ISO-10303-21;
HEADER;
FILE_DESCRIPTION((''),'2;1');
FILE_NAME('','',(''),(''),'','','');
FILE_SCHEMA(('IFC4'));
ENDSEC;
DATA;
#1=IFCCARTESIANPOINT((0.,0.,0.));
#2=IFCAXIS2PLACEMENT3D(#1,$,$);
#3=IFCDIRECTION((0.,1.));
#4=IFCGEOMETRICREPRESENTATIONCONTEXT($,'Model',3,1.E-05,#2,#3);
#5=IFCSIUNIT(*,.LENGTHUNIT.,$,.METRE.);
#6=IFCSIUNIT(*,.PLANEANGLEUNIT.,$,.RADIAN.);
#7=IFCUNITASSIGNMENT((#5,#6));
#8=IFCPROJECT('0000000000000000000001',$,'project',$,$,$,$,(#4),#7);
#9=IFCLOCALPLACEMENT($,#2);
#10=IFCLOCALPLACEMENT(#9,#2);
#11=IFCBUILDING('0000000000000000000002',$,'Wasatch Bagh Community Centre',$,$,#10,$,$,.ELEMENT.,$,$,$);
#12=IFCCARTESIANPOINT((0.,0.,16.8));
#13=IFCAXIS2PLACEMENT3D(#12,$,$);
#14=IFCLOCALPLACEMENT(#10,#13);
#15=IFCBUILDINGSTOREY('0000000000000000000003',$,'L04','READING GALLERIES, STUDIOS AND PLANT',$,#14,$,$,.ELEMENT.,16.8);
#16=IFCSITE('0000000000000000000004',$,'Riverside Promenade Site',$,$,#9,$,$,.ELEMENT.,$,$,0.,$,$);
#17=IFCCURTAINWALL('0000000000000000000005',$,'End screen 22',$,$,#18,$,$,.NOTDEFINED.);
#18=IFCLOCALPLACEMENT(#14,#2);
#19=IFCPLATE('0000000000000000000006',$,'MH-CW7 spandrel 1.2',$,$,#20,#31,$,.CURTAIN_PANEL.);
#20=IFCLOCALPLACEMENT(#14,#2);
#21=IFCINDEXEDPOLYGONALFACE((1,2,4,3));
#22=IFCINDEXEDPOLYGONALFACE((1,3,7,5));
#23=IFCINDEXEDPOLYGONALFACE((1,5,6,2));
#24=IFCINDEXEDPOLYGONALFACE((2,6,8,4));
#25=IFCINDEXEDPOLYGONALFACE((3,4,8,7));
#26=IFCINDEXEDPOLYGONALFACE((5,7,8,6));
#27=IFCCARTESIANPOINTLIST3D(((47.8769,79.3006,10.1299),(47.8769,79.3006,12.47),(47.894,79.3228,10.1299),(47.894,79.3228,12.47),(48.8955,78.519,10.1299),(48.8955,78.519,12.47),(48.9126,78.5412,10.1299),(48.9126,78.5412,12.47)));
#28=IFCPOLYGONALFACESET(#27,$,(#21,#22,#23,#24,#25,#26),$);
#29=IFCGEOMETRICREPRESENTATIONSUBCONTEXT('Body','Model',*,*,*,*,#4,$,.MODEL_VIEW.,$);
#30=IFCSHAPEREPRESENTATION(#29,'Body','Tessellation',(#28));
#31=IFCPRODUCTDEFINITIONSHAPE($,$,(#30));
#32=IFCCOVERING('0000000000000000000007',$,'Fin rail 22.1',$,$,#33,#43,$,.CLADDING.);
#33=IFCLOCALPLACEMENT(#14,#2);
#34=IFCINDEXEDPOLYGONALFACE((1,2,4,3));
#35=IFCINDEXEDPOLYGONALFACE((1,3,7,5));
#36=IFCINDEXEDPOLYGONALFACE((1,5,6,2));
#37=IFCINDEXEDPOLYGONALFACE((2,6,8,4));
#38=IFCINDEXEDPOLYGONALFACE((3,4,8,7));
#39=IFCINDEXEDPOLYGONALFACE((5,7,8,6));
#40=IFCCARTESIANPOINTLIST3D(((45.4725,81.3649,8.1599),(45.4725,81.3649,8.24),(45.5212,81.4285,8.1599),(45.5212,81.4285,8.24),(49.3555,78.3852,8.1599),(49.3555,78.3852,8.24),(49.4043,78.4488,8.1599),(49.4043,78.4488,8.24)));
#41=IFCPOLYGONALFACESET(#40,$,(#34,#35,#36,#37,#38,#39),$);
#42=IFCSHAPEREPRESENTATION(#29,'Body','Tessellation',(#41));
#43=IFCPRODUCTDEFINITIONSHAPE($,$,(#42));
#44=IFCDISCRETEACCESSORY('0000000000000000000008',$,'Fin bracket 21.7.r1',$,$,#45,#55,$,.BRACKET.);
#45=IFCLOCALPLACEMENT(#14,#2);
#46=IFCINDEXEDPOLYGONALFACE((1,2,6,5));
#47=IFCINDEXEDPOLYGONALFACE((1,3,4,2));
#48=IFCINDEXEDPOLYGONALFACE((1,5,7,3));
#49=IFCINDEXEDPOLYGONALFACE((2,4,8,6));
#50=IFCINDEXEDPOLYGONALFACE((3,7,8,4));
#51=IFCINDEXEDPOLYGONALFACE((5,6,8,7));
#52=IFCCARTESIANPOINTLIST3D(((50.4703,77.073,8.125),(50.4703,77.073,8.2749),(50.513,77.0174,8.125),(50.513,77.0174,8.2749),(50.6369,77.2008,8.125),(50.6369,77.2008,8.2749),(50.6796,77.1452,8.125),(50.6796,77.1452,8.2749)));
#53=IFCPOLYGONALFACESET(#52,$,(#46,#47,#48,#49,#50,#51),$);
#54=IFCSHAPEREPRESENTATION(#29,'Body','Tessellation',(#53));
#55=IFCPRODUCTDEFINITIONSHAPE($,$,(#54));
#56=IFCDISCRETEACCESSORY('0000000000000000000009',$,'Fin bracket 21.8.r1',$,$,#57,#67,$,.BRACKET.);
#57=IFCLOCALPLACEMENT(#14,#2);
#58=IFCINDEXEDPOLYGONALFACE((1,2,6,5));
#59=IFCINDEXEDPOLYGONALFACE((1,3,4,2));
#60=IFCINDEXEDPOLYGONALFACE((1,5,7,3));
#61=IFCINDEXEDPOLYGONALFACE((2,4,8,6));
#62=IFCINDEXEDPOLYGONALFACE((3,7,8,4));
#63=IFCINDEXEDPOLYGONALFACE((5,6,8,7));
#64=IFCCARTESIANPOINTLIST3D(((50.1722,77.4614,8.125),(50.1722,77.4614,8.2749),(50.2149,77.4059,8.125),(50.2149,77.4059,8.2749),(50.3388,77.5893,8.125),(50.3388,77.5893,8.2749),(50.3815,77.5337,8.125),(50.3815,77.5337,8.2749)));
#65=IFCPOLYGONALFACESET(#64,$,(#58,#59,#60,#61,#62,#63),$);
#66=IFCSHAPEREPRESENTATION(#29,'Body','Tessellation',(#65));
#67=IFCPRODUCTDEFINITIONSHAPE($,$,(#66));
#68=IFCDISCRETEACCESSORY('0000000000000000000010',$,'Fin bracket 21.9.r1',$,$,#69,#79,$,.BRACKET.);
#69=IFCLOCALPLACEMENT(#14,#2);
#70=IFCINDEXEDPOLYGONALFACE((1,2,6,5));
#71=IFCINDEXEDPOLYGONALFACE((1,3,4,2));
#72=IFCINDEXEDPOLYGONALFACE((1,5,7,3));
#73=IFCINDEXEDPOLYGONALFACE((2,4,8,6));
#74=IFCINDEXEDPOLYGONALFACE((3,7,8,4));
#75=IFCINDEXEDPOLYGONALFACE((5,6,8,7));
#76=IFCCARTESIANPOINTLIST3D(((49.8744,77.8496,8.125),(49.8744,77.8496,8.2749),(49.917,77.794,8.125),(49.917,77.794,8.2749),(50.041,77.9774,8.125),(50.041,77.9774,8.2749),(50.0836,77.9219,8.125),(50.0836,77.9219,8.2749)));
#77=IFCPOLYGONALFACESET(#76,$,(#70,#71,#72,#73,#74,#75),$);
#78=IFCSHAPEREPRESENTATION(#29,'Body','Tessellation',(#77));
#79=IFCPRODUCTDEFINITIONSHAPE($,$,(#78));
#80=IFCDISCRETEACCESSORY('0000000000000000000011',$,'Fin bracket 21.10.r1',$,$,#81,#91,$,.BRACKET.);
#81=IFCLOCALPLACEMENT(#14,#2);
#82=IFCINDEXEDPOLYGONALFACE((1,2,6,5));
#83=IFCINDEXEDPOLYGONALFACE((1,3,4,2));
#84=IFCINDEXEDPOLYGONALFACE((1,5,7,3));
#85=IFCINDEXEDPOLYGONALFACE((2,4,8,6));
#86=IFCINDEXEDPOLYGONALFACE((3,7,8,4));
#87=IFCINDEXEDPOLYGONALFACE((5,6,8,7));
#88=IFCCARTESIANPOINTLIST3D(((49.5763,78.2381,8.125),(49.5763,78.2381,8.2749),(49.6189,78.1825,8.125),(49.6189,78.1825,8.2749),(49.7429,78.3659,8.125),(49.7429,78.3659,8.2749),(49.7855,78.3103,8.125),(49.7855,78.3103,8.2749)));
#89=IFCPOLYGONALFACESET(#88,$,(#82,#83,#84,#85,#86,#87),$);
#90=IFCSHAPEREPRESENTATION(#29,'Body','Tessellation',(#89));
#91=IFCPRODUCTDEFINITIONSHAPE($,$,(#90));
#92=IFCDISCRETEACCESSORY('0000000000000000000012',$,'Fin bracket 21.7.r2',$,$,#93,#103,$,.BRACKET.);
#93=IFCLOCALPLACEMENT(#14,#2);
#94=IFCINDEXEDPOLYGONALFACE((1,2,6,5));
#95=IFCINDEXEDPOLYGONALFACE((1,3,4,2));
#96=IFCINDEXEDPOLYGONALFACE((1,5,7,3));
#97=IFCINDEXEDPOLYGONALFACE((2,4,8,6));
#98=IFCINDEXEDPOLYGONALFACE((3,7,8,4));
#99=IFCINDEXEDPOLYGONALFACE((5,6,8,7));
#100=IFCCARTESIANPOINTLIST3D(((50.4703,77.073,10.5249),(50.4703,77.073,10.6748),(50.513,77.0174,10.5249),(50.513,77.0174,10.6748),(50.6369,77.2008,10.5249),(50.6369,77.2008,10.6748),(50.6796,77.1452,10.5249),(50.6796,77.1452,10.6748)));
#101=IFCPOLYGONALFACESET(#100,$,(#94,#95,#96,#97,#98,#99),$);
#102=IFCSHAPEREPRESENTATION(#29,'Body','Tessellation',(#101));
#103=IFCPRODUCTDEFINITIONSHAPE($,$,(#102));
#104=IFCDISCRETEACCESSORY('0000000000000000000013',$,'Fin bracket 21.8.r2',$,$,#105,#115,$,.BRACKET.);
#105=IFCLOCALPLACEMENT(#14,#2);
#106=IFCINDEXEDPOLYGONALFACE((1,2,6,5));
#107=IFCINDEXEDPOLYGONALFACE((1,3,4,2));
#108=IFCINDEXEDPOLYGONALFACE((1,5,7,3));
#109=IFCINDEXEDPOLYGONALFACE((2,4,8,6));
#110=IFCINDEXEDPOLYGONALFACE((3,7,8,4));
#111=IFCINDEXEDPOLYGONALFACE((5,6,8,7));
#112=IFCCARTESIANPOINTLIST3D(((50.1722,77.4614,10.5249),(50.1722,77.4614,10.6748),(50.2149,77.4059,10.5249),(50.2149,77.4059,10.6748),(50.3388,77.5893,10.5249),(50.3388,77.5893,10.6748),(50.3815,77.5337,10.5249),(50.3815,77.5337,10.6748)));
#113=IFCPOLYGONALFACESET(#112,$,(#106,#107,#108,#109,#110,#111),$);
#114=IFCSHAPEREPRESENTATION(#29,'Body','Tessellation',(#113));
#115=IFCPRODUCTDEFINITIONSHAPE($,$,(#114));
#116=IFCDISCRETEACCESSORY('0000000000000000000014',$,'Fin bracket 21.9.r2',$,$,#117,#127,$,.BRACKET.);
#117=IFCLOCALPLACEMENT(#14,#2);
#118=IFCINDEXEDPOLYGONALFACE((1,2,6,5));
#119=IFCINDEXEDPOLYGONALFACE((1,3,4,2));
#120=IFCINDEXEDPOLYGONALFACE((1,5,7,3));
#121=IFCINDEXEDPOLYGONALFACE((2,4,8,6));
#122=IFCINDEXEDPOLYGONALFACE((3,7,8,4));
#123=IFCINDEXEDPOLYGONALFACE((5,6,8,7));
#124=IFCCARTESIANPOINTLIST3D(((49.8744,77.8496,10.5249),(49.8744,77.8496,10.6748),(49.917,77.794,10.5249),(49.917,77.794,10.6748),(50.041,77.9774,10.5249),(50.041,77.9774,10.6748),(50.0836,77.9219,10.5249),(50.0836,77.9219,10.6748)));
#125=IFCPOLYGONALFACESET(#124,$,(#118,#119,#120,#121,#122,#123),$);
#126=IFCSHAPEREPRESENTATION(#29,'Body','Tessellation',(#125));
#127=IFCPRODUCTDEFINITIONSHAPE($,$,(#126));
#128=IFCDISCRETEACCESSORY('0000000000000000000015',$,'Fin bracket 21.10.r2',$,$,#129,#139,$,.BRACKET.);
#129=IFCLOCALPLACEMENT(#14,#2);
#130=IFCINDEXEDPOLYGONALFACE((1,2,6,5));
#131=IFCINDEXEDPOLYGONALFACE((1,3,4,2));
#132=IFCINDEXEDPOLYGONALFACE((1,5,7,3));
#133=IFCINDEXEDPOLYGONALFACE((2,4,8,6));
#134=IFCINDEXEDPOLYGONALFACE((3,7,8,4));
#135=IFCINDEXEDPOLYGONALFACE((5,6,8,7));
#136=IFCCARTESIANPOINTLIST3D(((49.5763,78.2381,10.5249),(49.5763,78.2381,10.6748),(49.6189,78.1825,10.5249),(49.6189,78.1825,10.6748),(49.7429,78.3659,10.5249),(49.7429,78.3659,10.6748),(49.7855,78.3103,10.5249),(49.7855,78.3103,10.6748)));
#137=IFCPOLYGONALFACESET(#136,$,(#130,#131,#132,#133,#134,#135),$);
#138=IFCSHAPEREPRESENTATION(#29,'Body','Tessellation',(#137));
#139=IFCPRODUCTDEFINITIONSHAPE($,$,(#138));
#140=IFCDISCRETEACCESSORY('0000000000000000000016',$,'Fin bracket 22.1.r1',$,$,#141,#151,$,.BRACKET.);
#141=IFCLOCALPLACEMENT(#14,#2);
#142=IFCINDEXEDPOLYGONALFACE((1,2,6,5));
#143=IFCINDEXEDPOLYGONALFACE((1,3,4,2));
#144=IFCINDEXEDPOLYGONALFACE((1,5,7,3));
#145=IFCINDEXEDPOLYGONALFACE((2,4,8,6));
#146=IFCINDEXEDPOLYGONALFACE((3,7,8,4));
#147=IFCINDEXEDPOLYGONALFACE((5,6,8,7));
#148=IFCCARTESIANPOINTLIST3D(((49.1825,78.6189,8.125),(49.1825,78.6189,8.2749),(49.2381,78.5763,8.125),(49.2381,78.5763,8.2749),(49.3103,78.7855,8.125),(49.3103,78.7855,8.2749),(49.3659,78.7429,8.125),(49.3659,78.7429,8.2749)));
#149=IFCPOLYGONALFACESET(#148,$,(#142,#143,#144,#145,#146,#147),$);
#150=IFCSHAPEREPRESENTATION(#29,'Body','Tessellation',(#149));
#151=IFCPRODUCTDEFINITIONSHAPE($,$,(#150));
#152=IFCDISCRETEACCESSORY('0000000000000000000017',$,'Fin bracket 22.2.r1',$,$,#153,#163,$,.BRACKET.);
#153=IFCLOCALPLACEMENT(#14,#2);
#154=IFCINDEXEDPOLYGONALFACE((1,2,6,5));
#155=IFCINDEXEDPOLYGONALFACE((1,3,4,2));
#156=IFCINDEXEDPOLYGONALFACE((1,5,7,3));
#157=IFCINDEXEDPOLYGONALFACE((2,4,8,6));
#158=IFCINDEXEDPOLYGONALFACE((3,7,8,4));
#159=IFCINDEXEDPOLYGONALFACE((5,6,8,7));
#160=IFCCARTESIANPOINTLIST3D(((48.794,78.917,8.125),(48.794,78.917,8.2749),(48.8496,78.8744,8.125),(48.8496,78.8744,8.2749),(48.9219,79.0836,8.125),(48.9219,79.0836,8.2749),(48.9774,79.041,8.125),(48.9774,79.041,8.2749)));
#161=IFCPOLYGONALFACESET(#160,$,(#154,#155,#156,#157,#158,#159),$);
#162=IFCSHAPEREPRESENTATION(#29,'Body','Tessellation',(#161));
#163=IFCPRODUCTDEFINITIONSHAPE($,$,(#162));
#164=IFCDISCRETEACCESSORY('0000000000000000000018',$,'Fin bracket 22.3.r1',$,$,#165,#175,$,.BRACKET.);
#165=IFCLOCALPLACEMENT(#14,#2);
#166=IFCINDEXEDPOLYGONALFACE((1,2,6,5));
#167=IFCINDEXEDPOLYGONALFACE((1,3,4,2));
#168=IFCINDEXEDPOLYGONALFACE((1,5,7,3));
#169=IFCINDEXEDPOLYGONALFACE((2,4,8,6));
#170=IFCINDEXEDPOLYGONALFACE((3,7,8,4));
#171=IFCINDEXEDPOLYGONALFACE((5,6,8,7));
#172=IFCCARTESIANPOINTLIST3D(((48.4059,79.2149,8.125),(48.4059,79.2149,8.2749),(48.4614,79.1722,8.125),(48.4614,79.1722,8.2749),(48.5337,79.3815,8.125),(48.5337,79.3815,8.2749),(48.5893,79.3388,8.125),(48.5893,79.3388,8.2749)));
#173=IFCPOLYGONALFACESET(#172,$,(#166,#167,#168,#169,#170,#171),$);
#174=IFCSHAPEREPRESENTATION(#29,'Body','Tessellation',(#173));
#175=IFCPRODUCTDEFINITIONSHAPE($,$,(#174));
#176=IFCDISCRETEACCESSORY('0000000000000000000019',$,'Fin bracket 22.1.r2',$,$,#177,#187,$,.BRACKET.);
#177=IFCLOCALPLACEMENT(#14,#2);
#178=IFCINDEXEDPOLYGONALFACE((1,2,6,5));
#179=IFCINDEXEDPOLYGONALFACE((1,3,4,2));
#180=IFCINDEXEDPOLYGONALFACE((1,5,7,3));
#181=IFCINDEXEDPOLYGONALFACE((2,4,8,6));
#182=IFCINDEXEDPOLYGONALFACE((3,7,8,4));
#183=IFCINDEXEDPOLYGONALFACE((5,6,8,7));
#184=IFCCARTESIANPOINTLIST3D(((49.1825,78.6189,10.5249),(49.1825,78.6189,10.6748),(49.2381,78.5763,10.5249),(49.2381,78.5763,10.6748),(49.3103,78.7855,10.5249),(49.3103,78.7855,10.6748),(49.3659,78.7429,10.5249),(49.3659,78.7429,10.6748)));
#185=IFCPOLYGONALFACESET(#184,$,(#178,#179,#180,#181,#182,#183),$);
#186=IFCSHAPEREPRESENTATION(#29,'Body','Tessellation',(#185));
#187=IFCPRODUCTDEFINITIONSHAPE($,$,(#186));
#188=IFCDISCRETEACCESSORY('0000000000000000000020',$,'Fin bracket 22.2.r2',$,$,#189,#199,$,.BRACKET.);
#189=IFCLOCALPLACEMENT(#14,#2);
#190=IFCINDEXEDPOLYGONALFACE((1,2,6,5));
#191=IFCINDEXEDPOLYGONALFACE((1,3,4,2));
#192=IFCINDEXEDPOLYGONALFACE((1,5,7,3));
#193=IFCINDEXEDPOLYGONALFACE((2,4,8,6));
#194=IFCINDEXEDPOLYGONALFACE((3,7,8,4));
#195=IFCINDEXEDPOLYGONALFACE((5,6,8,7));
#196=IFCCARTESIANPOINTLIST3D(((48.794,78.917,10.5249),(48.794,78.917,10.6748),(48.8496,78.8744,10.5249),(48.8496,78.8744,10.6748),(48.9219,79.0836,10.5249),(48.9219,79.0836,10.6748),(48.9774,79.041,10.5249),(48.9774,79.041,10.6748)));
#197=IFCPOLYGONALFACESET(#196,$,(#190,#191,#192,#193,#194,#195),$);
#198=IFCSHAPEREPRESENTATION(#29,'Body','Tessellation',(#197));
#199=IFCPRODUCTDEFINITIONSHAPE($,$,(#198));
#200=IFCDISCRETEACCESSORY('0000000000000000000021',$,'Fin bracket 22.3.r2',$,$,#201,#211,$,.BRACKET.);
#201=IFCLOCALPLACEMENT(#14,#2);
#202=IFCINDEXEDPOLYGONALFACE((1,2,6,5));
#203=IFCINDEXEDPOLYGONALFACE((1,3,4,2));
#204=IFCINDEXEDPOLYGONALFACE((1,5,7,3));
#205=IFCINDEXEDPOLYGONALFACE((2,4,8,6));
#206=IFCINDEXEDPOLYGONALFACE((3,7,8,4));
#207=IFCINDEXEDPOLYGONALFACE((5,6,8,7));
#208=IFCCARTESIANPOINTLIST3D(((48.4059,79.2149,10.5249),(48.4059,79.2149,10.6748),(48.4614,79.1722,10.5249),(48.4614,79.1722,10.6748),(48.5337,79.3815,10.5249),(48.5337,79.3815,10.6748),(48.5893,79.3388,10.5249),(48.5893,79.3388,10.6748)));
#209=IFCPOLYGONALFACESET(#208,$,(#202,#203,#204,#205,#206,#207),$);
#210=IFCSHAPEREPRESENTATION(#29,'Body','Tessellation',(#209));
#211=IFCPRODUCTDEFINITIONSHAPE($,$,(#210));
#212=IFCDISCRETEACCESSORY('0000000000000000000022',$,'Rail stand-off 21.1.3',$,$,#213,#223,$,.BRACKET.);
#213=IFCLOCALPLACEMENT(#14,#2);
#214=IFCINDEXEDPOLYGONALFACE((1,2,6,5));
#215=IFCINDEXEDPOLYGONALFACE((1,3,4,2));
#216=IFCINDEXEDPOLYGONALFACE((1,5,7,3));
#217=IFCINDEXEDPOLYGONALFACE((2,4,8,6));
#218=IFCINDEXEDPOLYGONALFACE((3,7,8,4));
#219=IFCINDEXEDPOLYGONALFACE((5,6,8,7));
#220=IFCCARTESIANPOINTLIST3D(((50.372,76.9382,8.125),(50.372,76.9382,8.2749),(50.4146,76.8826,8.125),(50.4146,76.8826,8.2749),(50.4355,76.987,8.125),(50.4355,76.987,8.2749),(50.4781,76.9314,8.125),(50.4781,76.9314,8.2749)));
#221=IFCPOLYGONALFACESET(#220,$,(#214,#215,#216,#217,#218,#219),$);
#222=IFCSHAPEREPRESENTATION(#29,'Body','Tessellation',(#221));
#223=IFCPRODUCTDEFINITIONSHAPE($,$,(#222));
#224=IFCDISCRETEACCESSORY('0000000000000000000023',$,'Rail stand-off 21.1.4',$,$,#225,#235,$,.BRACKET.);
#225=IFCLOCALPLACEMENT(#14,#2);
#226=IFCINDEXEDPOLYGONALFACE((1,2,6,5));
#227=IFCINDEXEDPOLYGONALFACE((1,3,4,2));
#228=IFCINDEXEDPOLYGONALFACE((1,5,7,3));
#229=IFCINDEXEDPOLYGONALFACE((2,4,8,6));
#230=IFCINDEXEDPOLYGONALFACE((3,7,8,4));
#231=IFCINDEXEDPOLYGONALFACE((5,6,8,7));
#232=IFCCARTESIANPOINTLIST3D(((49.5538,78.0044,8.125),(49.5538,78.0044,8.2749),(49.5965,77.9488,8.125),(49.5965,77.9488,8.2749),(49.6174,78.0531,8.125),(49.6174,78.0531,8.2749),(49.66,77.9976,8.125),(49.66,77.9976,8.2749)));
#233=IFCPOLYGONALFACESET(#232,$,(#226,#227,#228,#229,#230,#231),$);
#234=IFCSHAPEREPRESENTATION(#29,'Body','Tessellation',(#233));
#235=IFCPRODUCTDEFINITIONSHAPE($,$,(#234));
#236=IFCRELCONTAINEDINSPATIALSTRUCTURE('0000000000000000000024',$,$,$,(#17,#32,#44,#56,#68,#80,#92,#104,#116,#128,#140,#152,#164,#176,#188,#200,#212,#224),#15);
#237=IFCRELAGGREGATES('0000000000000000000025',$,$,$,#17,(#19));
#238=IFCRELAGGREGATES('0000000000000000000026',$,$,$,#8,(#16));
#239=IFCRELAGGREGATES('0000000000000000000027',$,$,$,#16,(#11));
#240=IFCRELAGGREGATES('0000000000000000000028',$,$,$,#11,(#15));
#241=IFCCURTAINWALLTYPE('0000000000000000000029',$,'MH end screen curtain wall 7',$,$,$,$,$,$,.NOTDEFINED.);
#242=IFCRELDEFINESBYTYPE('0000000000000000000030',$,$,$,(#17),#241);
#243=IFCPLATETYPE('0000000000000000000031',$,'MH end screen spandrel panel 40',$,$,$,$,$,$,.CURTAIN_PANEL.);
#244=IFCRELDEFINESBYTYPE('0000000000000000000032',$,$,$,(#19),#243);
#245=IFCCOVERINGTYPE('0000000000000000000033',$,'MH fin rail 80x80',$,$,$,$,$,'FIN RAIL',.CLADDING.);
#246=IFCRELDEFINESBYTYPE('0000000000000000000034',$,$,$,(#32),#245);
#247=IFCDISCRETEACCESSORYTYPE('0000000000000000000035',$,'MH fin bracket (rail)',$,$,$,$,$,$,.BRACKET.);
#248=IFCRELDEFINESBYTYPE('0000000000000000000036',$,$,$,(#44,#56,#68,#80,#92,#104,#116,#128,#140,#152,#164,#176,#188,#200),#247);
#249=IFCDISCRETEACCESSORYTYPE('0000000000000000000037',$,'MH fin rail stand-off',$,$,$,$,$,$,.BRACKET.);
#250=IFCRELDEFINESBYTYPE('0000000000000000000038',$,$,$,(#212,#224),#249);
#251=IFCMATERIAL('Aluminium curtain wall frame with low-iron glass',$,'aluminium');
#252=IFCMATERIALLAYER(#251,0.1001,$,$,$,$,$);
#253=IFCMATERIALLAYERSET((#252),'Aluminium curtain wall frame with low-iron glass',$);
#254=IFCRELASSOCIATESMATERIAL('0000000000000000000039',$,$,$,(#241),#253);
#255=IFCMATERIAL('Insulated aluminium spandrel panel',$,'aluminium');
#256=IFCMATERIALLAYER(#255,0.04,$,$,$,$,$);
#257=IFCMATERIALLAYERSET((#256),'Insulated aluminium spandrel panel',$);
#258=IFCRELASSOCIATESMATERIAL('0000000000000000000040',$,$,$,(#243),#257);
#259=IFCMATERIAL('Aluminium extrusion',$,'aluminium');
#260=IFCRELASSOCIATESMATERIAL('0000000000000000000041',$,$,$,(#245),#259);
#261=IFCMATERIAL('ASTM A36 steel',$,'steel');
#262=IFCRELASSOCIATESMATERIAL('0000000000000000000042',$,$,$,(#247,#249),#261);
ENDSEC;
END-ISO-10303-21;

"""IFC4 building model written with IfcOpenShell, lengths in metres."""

from ifc_helpers import new_model, si_unit, direction, frame, origin, origin_2d, place, context, subcontext, project, spatial, rectangle, extrude, material, layer, layer_set, material_profile, profile_set, type_object, element, aggregate, save


model = new_model("IFC4")

# Units and contexts
model_context = context("Model", 3, precision=1e-05, world=origin(), true_north=direction((0.0, 1.0)))
body_context = subcontext(model_context, "Body", "Model", "MODEL_VIEW")
ifc_project = project(units=[si_unit("LENGTHUNIT", "METRE"), si_unit("PLANEANGLEUNIT", "RADIAN")], contexts=[model_context])

# Site, building, storey
site_placement = place(None, origin())
site = spatial("IfcSite", under=ifc_project, at=site_placement, Name="Riverside Promenade Site", CompositionType="ELEMENT", RefElevation=0.0)
building_placement = place(site_placement, origin())
building = spatial("IfcBuilding", under=site, at=building_placement, Name="Wasatch Bagh Community Centre", CompositionType="ELEMENT")
storey_placement = place(building_placement, frame((0.0, 0.0, 16.8)))
storey = spatial("IfcBuildingStorey", under=building, at=storey_placement, Name="L04", Description="READING GALLERIES, STUDIOS AND PLANT", CompositionType="ELEMENT", Elevation=16.8)

# Curtain wall
ifc_material_1 = material(Name="Aluminium curtain wall frame with low-iron glass", Category="aluminium")
ifc_material_2 = material(Name="Aluminium extrusion", Category="aluminium")
ifc_layer_1 = layer(ifc_material_1, 0.1001)
ifc_layer_set_1 = layer_set([ifc_layer_1], Name="Aluminium curtain wall frame with low-iron glass")
curtain_wall_type_1 = type_object("IfcCurtainWallType", Name="MH end screen curtain wall 7", PredefinedType="NOTDEFINED", material=ifc_layer_set_1)
curtain_wall_1_placement = place(storey_placement, origin())
curtain_wall_1 = element("IfcCurtainWall", 1, at=curtain_wall_1_placement, inside=storey, type_object=curtain_wall_type_1, Name="End screen 22", PredefinedType="NOTDEFINED")

# Plate
ifc_material_3 = material(Name="Insulated aluminium spandrel panel", Category="aluminium")
ifc_layer_2 = layer(ifc_material_3, 0.04)
ifc_layer_set_2 = layer_set([ifc_layer_2], Name="Insulated aluminium spandrel panel")
plate_type = type_object("IfcPlateType", Name="MH end screen spandrel panel 40", PredefinedType="CURTAIN_PANEL", material=ifc_layer_set_2)
plate_1_placement = place(storey_placement, frame((48.3948, 78.9209, 10.1299), z_axis=(0.0, 0.0, 1.0), x_axis=(-0.793353, 0.608761, 0.0)))
plate_1 = element("IfcPlate", 2, at=plate_1_placement, type_object=plate_type, Name="MH-CW7 spandrel 1.2", PredefinedType="CURTAIN_PANEL", context=body_context, shape_type="SweptSolid", body=[
    extrude(rectangle(XDim=1.2839, YDim=0.0281, at=origin_2d()), origin(), (0.0, 0.0, 1.0), 2.3401),
])
aggregate(curtain_wall_1, [plate_1])

# Covering
ifc_material_profile_1 = material_profile(ifc_material_2, rectangle(XDim=0.0801, YDim=0.0801, at=origin_2d()), Name="AL 80x80")
ifc_profile_set_1 = profile_set([ifc_material_profile_1], Name="Aluminium extrusion")
covering_type = type_object("IfcCoveringType", Name="MH fin rail 80x80", ElementType="FIN RAIL", PredefinedType="CLADDING", material=ifc_profile_set_1)
covering_placement = place(storey_placement, frame((49.3799, 78.417, 8.2), z_axis=(-0.793337, 0.608782, 0.0), x_axis=(-0.608782, -0.793337, 0.0)))
element("IfcCovering", 3, at=covering_placement, inside=storey, type_object=covering_type, Name="Fin rail 22.1", PredefinedType="CLADDING", context=body_context, shape_type="SweptSolid", body=[
    extrude(rectangle(XDim=0.0801, YDim=0.0801, at=origin_2d()), origin(), (0.0, 0.0, 1.0), 4.8945),
])

# Discrete accessories
ifc_material_4 = material(Name="ASTM A36 steel", Category="steel")
discrete_accessory_type_1 = type_object("IfcDiscreteAccessoryType", Name="MH fin bracket (rail)", PredefinedType="BRACKET", material=ifc_material_4)
for number, where, z_axis, x_axis, name in (
    (4, (50.575, 77.1091, 8.125), (0.0, 0.0, 1.0), (-0.608761, 0.793353, 0.0), "Fin bracket 21.7.r1"),
    (5, (50.2769, 77.4976, 8.125), (0.0, 0.0, 1.0), (-0.608761, 0.793353, 0.0), "Fin bracket 21.8.r1"),
    (6, (49.979, 77.8857, 8.125), (0.0, 0.0, 1.0), (-0.608761, 0.793353, 0.0), "Fin bracket 21.9.r1"),
    (7, (49.6809, 78.2742, 8.125), (0.0, 0.0, 1.0), (-0.608761, 0.793353, 0.0), "Fin bracket 21.10.r1"),
    (8, (50.575, 77.1091, 10.5249), (0.0, 0.0, 1.0), (-0.608761, 0.793353, 0.0), "Fin bracket 21.7.r2"),
    (9, (50.2769, 77.4976, 10.5249), (0.0, 0.0, 1.0), (-0.608761, 0.793353, 0.0), "Fin bracket 21.8.r2"),
    (10, (49.979, 77.8857, 10.5249), (0.0, 0.0, 1.0), (-0.608761, 0.793353, 0.0), "Fin bracket 21.9.r2"),
    (11, (49.6809, 78.2742, 10.5249), (0.0, 0.0, 1.0), (-0.608761, 0.793353, 0.0), "Fin bracket 21.10.r2"),
    (12, (49.2742, 78.6809, 8.125), (0.0, 0.0, 1.0), (-0.793353, 0.608761, 0.0), "Fin bracket 22.1.r1"),
    (13, (48.8857, 78.979, 8.125), (0.0, 0.0, 1.0), (-0.793353, 0.608761, 0.0), "Fin bracket 22.2.r1"),
    (14, (48.4976, 79.2769, 8.125), (0.0, 0.0, 1.0), (-0.793353, 0.608761, 0.0), "Fin bracket 22.3.r1"),
    (15, (49.2742, 78.6809, 10.5249), (0.0, 0.0, 1.0), (-0.793353, 0.608761, 0.0), "Fin bracket 22.1.r2"),
    (16, (48.8857, 78.979, 10.5249), (0.0, 0.0, 1.0), (-0.793353, 0.608761, 0.0), "Fin bracket 22.2.r2"),
    (17, (48.4976, 79.2769, 10.5249), (0.0, 0.0, 1.0), (-0.793353, 0.608761, 0.0), "Fin bracket 22.3.r2"),
):
    element("IfcDiscreteAccessory", number, at=place(storey_placement, frame(where, z_axis=z_axis, x_axis=x_axis)), inside=storey, type_object=discrete_accessory_type_1, Name=name, PredefinedType="BRACKET", context=body_context, shape_type="SweptSolid", body=[
        extrude(rectangle(XDim=0.0701, YDim=0.21, at=origin_2d()), origin(), (0.0, 0.0, 1.0), 0.1499),
    ])
discrete_accessory_type_2 = type_object("IfcDiscreteAccessoryType", Name="MH fin rail stand-off", PredefinedType="BRACKET", material=ifc_material_4)
for number, where, z_axis, x_axis, name in (
    (18, (50.425, 76.9348, 8.125), (0.0, 0.0, 1.0), (-0.608761, 0.793353, 0.0), "Rail stand-off 21.1.3"),
    (19, (49.6069, 78.001, 8.125), (0.0, 0.0, 1.0), (-0.608761, 0.793353, 0.0), "Rail stand-off 21.1.4"),
):
    element("IfcDiscreteAccessory", number, at=place(storey_placement, frame(where, z_axis=z_axis, x_axis=x_axis)), inside=storey, type_object=discrete_accessory_type_2, Name=name, PredefinedType="BRACKET", context=body_context, shape_type="SweptSolid", body=[
        extrude(rectangle(XDim=0.0701, YDim=0.0801, at=origin_2d()), origin(), (0.0, 0.0, 1.0), 0.1499),
    ])

save(model, "model.ifc")
